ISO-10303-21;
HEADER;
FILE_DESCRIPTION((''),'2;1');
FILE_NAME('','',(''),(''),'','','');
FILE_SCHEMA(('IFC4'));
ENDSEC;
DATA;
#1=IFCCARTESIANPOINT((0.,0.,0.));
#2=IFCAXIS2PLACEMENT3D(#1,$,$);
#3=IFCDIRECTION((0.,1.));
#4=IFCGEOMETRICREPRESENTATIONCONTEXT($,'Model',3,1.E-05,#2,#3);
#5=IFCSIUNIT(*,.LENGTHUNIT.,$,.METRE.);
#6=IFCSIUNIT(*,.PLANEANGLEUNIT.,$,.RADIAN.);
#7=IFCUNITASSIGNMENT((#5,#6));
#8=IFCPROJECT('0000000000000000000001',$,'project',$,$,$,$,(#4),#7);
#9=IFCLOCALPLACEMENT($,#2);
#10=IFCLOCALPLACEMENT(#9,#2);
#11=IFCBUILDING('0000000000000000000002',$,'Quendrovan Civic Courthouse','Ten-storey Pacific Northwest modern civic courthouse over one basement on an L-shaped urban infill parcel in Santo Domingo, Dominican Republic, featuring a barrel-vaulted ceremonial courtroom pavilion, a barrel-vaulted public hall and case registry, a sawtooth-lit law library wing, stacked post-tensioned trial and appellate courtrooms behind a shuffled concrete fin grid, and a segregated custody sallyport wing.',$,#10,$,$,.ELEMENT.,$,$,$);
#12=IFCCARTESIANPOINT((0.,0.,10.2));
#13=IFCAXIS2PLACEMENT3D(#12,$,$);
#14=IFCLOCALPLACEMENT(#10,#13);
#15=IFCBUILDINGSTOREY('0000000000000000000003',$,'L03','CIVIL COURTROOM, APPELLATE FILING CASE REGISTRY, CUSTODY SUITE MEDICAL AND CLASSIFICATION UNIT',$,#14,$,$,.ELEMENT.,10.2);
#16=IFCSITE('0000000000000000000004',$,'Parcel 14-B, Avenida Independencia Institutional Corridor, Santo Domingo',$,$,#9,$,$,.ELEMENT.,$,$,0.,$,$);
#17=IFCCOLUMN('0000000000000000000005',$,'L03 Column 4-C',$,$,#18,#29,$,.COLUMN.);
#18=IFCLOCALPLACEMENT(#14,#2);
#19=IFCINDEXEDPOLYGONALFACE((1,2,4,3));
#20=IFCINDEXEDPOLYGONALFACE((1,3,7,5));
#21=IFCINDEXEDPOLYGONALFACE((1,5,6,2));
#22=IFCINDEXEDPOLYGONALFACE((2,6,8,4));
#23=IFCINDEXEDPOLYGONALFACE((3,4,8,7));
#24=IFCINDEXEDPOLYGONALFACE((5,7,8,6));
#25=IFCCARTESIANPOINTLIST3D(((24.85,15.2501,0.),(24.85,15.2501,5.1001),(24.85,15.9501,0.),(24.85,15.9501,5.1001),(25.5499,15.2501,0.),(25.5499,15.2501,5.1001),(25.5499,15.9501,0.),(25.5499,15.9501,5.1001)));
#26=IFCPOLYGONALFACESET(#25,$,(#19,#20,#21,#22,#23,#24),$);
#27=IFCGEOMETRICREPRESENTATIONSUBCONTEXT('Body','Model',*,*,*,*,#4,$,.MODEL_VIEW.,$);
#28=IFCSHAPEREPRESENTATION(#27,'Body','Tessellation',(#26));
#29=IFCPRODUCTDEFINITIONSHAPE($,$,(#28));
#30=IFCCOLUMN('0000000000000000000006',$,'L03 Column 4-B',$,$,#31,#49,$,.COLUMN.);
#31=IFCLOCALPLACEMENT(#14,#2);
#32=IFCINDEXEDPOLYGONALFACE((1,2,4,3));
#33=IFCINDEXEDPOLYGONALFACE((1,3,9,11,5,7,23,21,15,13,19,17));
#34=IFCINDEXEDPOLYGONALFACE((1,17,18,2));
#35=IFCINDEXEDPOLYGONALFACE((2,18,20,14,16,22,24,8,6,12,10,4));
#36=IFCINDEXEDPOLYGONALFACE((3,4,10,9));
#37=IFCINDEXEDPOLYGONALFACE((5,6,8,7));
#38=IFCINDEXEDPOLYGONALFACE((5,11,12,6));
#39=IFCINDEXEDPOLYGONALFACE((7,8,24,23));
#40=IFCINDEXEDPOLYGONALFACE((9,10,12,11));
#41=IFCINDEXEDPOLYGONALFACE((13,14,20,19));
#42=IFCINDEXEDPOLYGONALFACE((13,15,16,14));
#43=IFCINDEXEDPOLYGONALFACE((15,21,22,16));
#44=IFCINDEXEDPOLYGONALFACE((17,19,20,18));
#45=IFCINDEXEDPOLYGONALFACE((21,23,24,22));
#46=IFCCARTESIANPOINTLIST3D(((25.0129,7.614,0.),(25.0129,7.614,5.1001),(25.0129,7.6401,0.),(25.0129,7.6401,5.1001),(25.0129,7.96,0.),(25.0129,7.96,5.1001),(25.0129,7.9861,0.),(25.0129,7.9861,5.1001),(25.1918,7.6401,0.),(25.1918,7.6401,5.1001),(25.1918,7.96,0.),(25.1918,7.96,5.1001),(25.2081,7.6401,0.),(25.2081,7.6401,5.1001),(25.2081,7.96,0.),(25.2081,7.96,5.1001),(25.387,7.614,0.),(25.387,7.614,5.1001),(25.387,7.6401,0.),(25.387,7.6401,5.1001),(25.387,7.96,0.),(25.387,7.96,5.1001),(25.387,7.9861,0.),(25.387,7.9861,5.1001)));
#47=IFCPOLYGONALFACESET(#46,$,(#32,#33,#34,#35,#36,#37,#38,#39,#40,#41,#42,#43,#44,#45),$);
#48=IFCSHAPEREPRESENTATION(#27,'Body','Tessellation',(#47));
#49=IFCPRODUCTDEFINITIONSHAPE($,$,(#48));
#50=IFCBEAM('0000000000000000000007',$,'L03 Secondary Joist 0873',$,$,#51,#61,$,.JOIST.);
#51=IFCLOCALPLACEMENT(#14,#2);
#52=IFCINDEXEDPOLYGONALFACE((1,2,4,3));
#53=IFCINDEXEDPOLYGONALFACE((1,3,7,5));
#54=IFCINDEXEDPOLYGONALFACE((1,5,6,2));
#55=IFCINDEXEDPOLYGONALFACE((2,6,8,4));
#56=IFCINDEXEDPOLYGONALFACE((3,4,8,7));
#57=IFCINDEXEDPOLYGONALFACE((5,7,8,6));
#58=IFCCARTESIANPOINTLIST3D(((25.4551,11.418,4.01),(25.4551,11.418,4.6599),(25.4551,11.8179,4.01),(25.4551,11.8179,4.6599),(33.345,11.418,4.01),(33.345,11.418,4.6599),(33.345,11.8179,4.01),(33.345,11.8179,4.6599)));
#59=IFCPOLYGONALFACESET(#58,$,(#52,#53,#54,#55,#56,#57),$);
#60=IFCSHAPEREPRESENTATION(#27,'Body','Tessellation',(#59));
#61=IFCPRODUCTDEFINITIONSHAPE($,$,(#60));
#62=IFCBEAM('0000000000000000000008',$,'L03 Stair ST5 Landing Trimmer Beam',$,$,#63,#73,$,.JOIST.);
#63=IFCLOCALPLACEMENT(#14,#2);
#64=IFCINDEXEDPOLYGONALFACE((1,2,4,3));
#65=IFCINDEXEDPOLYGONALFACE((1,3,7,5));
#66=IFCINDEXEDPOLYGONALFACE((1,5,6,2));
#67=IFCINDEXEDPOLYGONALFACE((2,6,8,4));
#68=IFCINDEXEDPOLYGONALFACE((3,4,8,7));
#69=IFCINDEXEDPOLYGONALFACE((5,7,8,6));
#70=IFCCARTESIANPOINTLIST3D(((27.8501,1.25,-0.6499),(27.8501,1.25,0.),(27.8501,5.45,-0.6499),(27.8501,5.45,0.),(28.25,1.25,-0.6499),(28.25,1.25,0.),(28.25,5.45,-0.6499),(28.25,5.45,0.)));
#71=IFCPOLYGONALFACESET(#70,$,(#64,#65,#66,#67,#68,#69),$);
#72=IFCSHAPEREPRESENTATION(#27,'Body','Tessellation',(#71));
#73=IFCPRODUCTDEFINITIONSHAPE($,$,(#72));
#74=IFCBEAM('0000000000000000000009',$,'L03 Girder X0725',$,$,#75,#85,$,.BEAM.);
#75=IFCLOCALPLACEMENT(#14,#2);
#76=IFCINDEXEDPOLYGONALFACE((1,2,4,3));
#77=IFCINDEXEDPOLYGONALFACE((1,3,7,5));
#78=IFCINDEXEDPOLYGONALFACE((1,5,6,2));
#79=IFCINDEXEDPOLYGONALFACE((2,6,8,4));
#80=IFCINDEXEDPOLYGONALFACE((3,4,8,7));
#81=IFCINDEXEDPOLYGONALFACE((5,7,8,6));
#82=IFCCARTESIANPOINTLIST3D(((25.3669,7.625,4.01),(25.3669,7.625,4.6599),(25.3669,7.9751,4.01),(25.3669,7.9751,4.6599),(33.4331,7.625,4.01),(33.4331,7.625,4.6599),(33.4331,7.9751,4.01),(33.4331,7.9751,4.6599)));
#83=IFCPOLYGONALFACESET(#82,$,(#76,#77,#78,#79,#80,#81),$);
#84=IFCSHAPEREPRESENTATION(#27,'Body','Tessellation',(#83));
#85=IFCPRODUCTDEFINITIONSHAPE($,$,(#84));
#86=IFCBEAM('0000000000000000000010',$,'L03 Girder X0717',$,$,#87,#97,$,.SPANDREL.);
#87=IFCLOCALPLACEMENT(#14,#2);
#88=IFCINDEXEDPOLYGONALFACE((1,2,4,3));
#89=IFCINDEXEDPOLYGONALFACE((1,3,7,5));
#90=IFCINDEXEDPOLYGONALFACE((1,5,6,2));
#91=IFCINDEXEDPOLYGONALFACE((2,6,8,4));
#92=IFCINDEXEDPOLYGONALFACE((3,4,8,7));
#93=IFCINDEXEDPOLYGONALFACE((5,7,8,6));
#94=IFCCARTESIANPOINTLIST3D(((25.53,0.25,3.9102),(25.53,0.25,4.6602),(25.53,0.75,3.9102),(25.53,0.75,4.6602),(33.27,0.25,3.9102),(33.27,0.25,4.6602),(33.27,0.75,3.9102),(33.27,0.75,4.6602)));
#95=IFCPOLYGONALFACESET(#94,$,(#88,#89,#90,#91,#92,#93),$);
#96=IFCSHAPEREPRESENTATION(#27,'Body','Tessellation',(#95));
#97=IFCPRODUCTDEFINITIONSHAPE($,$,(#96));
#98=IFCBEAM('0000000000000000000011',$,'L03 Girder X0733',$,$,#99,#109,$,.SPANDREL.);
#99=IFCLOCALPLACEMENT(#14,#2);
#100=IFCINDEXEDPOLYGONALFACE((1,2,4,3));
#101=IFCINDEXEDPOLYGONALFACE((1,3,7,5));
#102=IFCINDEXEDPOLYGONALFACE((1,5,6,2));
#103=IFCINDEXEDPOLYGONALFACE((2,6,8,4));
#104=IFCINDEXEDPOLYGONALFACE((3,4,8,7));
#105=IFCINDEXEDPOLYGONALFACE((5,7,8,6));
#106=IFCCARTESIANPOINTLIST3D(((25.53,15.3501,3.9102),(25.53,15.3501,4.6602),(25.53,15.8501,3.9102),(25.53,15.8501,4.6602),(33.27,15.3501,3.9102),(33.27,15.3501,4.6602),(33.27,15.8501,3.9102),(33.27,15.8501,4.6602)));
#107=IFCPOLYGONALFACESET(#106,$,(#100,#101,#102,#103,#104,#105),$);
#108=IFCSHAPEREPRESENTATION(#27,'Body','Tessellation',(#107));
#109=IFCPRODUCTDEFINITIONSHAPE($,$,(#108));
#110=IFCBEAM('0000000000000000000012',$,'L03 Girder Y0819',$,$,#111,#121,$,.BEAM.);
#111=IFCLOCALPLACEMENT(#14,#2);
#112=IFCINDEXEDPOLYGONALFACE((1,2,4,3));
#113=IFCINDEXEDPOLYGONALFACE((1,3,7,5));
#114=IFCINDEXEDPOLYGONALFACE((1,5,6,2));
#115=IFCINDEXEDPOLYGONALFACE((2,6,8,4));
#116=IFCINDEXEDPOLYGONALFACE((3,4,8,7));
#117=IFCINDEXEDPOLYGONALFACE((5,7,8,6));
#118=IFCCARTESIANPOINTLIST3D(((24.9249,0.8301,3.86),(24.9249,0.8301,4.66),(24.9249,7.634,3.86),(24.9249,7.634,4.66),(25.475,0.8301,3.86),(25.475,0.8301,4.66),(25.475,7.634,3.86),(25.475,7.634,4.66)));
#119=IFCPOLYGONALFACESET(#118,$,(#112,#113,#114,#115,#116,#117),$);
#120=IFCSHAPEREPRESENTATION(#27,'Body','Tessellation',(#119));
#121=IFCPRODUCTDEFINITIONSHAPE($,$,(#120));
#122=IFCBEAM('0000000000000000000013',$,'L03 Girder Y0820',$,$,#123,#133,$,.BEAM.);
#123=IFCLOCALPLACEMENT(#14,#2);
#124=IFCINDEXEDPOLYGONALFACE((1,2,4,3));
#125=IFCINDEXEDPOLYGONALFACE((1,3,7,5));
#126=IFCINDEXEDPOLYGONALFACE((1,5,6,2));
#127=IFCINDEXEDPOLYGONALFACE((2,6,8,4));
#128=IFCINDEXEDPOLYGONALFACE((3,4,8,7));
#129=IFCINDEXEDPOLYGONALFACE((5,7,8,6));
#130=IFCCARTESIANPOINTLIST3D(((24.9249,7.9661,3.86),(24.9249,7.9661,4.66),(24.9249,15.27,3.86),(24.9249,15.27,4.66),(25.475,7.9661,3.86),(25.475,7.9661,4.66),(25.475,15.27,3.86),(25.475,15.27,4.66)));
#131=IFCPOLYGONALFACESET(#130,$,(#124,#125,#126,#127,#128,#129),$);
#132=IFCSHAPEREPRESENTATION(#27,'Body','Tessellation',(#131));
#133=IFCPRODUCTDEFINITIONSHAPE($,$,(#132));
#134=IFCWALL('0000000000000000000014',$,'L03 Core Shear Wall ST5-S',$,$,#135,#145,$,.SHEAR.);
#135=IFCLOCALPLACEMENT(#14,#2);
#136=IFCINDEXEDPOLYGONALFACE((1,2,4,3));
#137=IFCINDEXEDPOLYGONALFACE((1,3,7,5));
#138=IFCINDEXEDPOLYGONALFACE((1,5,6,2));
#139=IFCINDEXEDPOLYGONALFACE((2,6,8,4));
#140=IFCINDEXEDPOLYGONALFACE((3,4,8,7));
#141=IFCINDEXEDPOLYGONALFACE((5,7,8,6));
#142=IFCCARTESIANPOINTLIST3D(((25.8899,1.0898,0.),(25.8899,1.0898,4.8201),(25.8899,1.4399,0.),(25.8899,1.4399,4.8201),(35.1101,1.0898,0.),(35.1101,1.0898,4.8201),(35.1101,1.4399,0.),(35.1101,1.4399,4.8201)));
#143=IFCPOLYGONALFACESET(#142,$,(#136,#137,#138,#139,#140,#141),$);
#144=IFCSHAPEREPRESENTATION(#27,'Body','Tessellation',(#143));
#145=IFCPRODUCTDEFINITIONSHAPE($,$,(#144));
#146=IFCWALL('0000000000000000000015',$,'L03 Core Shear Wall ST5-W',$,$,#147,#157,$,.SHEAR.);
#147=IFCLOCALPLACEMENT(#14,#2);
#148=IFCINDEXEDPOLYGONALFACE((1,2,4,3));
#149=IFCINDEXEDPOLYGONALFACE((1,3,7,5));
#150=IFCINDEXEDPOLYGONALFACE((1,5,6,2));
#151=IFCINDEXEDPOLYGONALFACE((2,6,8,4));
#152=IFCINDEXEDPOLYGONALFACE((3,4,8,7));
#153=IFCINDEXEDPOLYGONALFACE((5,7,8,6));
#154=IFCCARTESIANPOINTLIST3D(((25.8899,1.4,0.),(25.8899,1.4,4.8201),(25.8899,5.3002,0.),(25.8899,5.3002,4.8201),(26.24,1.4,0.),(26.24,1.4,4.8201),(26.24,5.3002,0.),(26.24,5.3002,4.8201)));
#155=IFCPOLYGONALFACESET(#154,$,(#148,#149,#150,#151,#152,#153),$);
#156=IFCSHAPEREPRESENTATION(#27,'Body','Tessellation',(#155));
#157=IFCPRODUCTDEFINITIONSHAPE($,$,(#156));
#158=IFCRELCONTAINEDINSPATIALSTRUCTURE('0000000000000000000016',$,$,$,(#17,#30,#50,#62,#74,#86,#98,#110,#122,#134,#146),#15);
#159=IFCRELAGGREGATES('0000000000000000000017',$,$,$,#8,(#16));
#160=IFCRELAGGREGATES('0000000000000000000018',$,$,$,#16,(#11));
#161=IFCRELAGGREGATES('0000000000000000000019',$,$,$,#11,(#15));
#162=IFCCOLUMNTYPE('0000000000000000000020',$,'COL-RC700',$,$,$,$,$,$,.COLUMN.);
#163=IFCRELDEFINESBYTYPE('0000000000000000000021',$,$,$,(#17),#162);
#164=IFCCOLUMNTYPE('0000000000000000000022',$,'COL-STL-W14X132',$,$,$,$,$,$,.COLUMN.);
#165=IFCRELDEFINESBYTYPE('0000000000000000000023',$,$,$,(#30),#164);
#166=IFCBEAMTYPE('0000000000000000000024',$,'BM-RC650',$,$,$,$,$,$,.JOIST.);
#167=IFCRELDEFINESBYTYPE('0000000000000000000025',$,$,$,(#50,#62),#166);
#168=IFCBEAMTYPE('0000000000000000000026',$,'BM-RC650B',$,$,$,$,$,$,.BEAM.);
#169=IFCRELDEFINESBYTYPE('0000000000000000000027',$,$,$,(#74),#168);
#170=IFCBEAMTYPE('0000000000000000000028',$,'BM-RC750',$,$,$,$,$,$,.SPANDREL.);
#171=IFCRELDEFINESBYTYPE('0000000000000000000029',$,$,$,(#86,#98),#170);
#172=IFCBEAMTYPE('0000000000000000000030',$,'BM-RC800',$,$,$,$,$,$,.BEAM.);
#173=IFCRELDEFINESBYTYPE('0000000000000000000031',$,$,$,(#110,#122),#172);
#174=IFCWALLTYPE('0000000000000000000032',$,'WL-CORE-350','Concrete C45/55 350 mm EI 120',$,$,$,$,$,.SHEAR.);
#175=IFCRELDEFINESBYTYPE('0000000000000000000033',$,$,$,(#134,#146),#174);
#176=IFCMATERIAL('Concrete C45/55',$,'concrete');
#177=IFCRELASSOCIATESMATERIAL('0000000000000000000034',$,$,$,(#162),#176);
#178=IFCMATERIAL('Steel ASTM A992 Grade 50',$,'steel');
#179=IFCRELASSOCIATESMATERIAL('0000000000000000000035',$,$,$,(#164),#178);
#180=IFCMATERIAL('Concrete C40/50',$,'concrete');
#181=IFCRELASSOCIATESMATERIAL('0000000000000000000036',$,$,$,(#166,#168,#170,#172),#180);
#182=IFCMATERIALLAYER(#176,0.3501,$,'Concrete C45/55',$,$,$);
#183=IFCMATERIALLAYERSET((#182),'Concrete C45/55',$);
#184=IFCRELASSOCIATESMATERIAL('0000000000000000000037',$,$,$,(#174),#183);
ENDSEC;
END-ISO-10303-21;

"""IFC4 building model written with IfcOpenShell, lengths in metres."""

from ifc_helpers import new_model, si_unit, direction, frame, frame_2d, origin, origin_2d, place, context, subcontext, project, spatial, rectangle, i_section, extrude, material, layer, layer_set, material_profile, profile_set, type_object, element, save


model = new_model("IFC4")

# Units and contexts
model_context = context("Model", 3, precision=1e-05, world=origin(), true_north=direction((0.0, 1.0)))
body_context = subcontext(model_context, "Body", "Model", "MODEL_VIEW")
ifc_project = project(units=[si_unit("LENGTHUNIT", "METRE"), si_unit("PLANEANGLEUNIT", "RADIAN")], contexts=[model_context])

# Site, building, storey
site_placement = place(None, origin())
site = spatial("IfcSite", under=ifc_project, at=site_placement, Name="Parcel 14-B, Avenida Independencia Institutional Corridor, Santo Domingo", CompositionType="ELEMENT", RefElevation=0.0)
building_placement = place(site_placement, origin())
building = spatial("IfcBuilding", under=site, at=building_placement, Name="Quendrovan Civic Courthouse", Description="Ten-storey Pacific Northwest modern civic courthouse over one basement on an L-shaped urban infill parcel in Santo Domingo, Dominican Republic, featuring a barrel-vaulted ceremonial courtroom pavilion, a barrel-vaulted public hall and case registry, a sawtooth-lit law library wing, stacked post-tensioned trial and appellate courtrooms behind a shuffled concrete fin grid, and a segregated custody sallyport wing.", CompositionType="ELEMENT")
storey_placement = place(building_placement, frame((0.0, 0.0, 10.2)))
storey = spatial("IfcBuildingStorey", under=building, at=storey_placement, Name="L03", Description="CIVIL COURTROOM, APPELLATE FILING CASE REGISTRY, CUSTODY SUITE MEDICAL AND CLASSIFICATION UNIT", CompositionType="ELEMENT", Elevation=10.2)

# Columns
ifc_material_1 = material(Name="Concrete C45/55", Category="concrete")
ifc_material_profile_1 = material_profile(ifc_material_1, rectangle(XDim=0.7, YDim=0.7, at=origin_2d()), Name="RC-COL-700x700")
ifc_profile_set_1 = profile_set([ifc_material_profile_1], Name="Concrete C45/55")
column_type_1 = type_object("IfcColumnType", Name="COL-RC700", PredefinedType="COLUMN", material=ifc_profile_set_1)
column_1_placement = place(storey_placement, frame((25.2, 15.6001, 0.0), z_axis=(0.0, 0.0, 1.0), x_axis=(1.0, 0.0, 0.0)))
element("IfcColumn", 1, at=column_1_placement, inside=storey, type_object=column_type_1, Name="L03 Column 4-C", PredefinedType="COLUMN", context=body_context, shape_type="SweptSolid", body=[
    extrude(rectangle(XDim=0.7, YDim=0.7, at=origin_2d()), origin(), (0.0, 0.0, 1.0), 5.1001),
])
ifc_material_2 = material(Name="Steel ASTM A992 Grade 50", Category="steel")
ifc_material_profile_2 = material_profile(ifc_material_2, i_section(OverallWidth=0.374, OverallDepth=0.3721, WebThickness=0.0164, FlangeThickness=0.0261, at=origin_2d()), Name="W14X132")
ifc_profile_set_2 = profile_set([ifc_material_profile_2], Name="Steel ASTM A992 Grade 50")
column_type_2 = type_object("IfcColumnType", Name="COL-STL-W14X132", PredefinedType="COLUMN", material=ifc_profile_set_2)
column_2_placement = place(storey_placement, frame((25.2, 7.8, 0.0), z_axis=(0.0, 0.0, 1.0), x_axis=(1.0, 0.0, 0.0)))
element("IfcColumn", 2, at=column_2_placement, inside=storey, type_object=column_type_2, Name="L03 Column 4-B", PredefinedType="COLUMN", context=body_context, shape_type="SweptSolid", body=[
    extrude(i_section(OverallWidth=0.374, OverallDepth=0.3721, WebThickness=0.0164, FlangeThickness=0.0261, at=origin_2d()), origin(), (0.0, 0.0, 1.0), 5.1001),
])

# Beams
ifc_material_3 = material(Name="Concrete C40/50", Category="concrete")
ifc_material_profile_3 = material_profile(ifc_material_3, rectangle(XDim=0.3999, YDim=0.6499, at=origin_2d()), Name="RC-BM-400x650")
ifc_profile_set_3 = profile_set([ifc_material_profile_3], Name="Concrete C40/50")
beam_type_1 = type_object("IfcBeamType", Name="BM-RC650", PredefinedType="JOIST", material=ifc_profile_set_3)
beam_1_placement = place(storey_placement, frame((25.4551, 11.6179, 4.335), z_axis=(1.0, 0.0, 0.0), x_axis=(0.0, 1.0, 0.0)))
element("IfcBeam", 3, at=beam_1_placement, inside=storey, type_object=beam_type_1, Name="L03 Secondary Joist 0873", PredefinedType="JOIST", context=body_context, shape_type="SweptSolid", body=[
    extrude(rectangle(XDim=0.3999, YDim=0.6499, at=origin_2d()), origin(), (0.0, 0.0, 1.0), 7.8899),
])
beam_2_placement = place(storey_placement, frame((28.05, 1.25, -0.325), z_axis=(0.0, 1.0, 0.0), x_axis=(-1.0, 0.0, 0.0)))
element("IfcBeam", 4, at=beam_2_placement, inside=storey, type_object=beam_type_1, Name="L03 Stair ST5 Landing Trimmer Beam", PredefinedType="JOIST", context=body_context, shape_type="SweptSolid", body=[
    extrude(rectangle(XDim=0.3999, YDim=0.6499, at=origin_2d()), origin(), (0.0, 0.0, 1.0), 4.2),
])
ifc_material_profile_4 = material_profile(ifc_material_3, rectangle(XDim=0.3501, YDim=0.6499, at=origin_2d()), Name="RC-BM-350x650")
ifc_profile_set_4 = profile_set([ifc_material_profile_4], Name="Concrete C40/50")
beam_type_2 = type_object("IfcBeamType", Name="BM-RC650B", PredefinedType="BEAM", material=ifc_profile_set_4)
beam_3_placement = place(storey_placement, frame((25.3669, 7.8, 4.335), z_axis=(1.0, 0.0, 0.0), x_axis=(0.0, 1.0, 0.0)))
element("IfcBeam", 5, at=beam_3_placement, inside=storey, type_object=beam_type_2, Name="L03 Girder X0725", PredefinedType="BEAM", context=body_context, shape_type="SweptSolid", body=[
    extrude(rectangle(XDim=0.3501, YDim=0.6499, at=origin_2d()), origin(), (0.0, 0.0, 1.0), 8.0662),
])
ifc_material_profile_5 = material_profile(ifc_material_3, rectangle(XDim=0.5, YDim=0.75, at=origin_2d()), Name="RC-BM-500x750")
ifc_profile_set_5 = profile_set([ifc_material_profile_5], Name="Concrete C40/50")
beam_type_3 = type_object("IfcBeamType", Name="BM-RC750", PredefinedType="SPANDREL", material=ifc_profile_set_5)
for number, where, z_axis, x_axis, name in (
    (6, (25.53, 0.5, 4.2852), (1.0, 0.0, 0.0), (0.0, 1.0, 0.0), "L03 Girder X0717"),
    (7, (25.53, 15.6001, 4.2852), (1.0, 0.0, 0.0), (0.0, 1.0, 0.0), "L03 Girder X0733"),
):
    element("IfcBeam", number, at=place(storey_placement, frame(where, z_axis=z_axis, x_axis=x_axis)), inside=storey, type_object=beam_type_3, Name=name, PredefinedType="SPANDREL", context=body_context, shape_type="SweptSolid", body=[
        extrude(rectangle(XDim=0.5, YDim=0.75, at=origin_2d()), origin(), (0.0, 0.0, 1.0), 7.74),
    ])
ifc_material_profile_6 = material_profile(ifc_material_3, rectangle(XDim=0.55, YDim=0.8, at=origin_2d()), Name="RC-BM-550x800")
ifc_profile_set_6 = profile_set([ifc_material_profile_6], Name="Concrete C40/50")
beam_type_4 = type_object("IfcBeamType", Name="BM-RC800", PredefinedType="BEAM", material=ifc_profile_set_6)
beam_4_placement = place(storey_placement, frame((25.2, 0.8301, 4.26), z_axis=(0.0, 1.0, 0.0), x_axis=(-1.0, 0.0, 0.0)))
element("IfcBeam", 8, at=beam_4_placement, inside=storey, type_object=beam_type_4, Name="L03 Girder Y0819", PredefinedType="BEAM", context=body_context, shape_type="SweptSolid", body=[
    extrude(rectangle(XDim=0.55, YDim=0.8, at=origin_2d()), origin(), (0.0, 0.0, 1.0), 6.804),
])
beam_5_placement = place(storey_placement, frame((25.2, 7.9661, 4.26), z_axis=(0.0, 1.0, 0.0), x_axis=(-1.0, 0.0, 0.0)))
element("IfcBeam", 9, at=beam_5_placement, inside=storey, type_object=beam_type_4, Name="L03 Girder Y0820", PredefinedType="BEAM", context=body_context, shape_type="SweptSolid", body=[
    extrude(rectangle(XDim=0.55, YDim=0.8, at=origin_2d()), origin(), (0.0, 0.0, 1.0), 7.304),
])

# Walls
ifc_layer_1 = layer(ifc_material_1, 0.3501, Name="Concrete C45/55")
ifc_layer_set_1 = layer_set([ifc_layer_1], Name="Concrete C45/55")
wall_type_1 = type_object("IfcWallType", Name="WL-CORE-350", Description="Concrete C45/55 350 mm EI 120", PredefinedType="SHEAR", material=ifc_layer_set_1)
wall_1_placement = place(storey_placement, frame((25.8899, 1.2649, 0.0), z_axis=(0.0, 0.0, 1.0), x_axis=(1.0, 0.0, 0.0)))
element("IfcWall", 10, at=wall_1_placement, inside=storey, type_object=wall_type_1, Name="L03 Core Shear Wall ST5-S", PredefinedType="SHEAR", context=body_context, shape_type="SweptSolid", body=[
    extrude(rectangle(XDim=9.2202, YDim=0.3501, at=frame_2d((4.6101, 0.0))), origin(), (0.0, 0.0, 1.0), 4.8201),
])
wall_2_placement = place(storey_placement, frame((26.0649, 1.3999, 0.0), z_axis=(0.0, 0.0, 1.0), x_axis=(0.0, 1.0, 0.0)))
element("IfcWall", 11, at=wall_2_placement, inside=storey, type_object=wall_type_1, Name="L03 Core Shear Wall ST5-W", PredefinedType="SHEAR", context=body_context, shape_type="SweptSolid", body=[
    extrude(rectangle(XDim=3.9001, YDim=0.3501, at=frame_2d((1.9502, 0.0))), origin(), (0.0, 0.0, 1.0), 4.8201),
])

save(model, "model.ifc")
